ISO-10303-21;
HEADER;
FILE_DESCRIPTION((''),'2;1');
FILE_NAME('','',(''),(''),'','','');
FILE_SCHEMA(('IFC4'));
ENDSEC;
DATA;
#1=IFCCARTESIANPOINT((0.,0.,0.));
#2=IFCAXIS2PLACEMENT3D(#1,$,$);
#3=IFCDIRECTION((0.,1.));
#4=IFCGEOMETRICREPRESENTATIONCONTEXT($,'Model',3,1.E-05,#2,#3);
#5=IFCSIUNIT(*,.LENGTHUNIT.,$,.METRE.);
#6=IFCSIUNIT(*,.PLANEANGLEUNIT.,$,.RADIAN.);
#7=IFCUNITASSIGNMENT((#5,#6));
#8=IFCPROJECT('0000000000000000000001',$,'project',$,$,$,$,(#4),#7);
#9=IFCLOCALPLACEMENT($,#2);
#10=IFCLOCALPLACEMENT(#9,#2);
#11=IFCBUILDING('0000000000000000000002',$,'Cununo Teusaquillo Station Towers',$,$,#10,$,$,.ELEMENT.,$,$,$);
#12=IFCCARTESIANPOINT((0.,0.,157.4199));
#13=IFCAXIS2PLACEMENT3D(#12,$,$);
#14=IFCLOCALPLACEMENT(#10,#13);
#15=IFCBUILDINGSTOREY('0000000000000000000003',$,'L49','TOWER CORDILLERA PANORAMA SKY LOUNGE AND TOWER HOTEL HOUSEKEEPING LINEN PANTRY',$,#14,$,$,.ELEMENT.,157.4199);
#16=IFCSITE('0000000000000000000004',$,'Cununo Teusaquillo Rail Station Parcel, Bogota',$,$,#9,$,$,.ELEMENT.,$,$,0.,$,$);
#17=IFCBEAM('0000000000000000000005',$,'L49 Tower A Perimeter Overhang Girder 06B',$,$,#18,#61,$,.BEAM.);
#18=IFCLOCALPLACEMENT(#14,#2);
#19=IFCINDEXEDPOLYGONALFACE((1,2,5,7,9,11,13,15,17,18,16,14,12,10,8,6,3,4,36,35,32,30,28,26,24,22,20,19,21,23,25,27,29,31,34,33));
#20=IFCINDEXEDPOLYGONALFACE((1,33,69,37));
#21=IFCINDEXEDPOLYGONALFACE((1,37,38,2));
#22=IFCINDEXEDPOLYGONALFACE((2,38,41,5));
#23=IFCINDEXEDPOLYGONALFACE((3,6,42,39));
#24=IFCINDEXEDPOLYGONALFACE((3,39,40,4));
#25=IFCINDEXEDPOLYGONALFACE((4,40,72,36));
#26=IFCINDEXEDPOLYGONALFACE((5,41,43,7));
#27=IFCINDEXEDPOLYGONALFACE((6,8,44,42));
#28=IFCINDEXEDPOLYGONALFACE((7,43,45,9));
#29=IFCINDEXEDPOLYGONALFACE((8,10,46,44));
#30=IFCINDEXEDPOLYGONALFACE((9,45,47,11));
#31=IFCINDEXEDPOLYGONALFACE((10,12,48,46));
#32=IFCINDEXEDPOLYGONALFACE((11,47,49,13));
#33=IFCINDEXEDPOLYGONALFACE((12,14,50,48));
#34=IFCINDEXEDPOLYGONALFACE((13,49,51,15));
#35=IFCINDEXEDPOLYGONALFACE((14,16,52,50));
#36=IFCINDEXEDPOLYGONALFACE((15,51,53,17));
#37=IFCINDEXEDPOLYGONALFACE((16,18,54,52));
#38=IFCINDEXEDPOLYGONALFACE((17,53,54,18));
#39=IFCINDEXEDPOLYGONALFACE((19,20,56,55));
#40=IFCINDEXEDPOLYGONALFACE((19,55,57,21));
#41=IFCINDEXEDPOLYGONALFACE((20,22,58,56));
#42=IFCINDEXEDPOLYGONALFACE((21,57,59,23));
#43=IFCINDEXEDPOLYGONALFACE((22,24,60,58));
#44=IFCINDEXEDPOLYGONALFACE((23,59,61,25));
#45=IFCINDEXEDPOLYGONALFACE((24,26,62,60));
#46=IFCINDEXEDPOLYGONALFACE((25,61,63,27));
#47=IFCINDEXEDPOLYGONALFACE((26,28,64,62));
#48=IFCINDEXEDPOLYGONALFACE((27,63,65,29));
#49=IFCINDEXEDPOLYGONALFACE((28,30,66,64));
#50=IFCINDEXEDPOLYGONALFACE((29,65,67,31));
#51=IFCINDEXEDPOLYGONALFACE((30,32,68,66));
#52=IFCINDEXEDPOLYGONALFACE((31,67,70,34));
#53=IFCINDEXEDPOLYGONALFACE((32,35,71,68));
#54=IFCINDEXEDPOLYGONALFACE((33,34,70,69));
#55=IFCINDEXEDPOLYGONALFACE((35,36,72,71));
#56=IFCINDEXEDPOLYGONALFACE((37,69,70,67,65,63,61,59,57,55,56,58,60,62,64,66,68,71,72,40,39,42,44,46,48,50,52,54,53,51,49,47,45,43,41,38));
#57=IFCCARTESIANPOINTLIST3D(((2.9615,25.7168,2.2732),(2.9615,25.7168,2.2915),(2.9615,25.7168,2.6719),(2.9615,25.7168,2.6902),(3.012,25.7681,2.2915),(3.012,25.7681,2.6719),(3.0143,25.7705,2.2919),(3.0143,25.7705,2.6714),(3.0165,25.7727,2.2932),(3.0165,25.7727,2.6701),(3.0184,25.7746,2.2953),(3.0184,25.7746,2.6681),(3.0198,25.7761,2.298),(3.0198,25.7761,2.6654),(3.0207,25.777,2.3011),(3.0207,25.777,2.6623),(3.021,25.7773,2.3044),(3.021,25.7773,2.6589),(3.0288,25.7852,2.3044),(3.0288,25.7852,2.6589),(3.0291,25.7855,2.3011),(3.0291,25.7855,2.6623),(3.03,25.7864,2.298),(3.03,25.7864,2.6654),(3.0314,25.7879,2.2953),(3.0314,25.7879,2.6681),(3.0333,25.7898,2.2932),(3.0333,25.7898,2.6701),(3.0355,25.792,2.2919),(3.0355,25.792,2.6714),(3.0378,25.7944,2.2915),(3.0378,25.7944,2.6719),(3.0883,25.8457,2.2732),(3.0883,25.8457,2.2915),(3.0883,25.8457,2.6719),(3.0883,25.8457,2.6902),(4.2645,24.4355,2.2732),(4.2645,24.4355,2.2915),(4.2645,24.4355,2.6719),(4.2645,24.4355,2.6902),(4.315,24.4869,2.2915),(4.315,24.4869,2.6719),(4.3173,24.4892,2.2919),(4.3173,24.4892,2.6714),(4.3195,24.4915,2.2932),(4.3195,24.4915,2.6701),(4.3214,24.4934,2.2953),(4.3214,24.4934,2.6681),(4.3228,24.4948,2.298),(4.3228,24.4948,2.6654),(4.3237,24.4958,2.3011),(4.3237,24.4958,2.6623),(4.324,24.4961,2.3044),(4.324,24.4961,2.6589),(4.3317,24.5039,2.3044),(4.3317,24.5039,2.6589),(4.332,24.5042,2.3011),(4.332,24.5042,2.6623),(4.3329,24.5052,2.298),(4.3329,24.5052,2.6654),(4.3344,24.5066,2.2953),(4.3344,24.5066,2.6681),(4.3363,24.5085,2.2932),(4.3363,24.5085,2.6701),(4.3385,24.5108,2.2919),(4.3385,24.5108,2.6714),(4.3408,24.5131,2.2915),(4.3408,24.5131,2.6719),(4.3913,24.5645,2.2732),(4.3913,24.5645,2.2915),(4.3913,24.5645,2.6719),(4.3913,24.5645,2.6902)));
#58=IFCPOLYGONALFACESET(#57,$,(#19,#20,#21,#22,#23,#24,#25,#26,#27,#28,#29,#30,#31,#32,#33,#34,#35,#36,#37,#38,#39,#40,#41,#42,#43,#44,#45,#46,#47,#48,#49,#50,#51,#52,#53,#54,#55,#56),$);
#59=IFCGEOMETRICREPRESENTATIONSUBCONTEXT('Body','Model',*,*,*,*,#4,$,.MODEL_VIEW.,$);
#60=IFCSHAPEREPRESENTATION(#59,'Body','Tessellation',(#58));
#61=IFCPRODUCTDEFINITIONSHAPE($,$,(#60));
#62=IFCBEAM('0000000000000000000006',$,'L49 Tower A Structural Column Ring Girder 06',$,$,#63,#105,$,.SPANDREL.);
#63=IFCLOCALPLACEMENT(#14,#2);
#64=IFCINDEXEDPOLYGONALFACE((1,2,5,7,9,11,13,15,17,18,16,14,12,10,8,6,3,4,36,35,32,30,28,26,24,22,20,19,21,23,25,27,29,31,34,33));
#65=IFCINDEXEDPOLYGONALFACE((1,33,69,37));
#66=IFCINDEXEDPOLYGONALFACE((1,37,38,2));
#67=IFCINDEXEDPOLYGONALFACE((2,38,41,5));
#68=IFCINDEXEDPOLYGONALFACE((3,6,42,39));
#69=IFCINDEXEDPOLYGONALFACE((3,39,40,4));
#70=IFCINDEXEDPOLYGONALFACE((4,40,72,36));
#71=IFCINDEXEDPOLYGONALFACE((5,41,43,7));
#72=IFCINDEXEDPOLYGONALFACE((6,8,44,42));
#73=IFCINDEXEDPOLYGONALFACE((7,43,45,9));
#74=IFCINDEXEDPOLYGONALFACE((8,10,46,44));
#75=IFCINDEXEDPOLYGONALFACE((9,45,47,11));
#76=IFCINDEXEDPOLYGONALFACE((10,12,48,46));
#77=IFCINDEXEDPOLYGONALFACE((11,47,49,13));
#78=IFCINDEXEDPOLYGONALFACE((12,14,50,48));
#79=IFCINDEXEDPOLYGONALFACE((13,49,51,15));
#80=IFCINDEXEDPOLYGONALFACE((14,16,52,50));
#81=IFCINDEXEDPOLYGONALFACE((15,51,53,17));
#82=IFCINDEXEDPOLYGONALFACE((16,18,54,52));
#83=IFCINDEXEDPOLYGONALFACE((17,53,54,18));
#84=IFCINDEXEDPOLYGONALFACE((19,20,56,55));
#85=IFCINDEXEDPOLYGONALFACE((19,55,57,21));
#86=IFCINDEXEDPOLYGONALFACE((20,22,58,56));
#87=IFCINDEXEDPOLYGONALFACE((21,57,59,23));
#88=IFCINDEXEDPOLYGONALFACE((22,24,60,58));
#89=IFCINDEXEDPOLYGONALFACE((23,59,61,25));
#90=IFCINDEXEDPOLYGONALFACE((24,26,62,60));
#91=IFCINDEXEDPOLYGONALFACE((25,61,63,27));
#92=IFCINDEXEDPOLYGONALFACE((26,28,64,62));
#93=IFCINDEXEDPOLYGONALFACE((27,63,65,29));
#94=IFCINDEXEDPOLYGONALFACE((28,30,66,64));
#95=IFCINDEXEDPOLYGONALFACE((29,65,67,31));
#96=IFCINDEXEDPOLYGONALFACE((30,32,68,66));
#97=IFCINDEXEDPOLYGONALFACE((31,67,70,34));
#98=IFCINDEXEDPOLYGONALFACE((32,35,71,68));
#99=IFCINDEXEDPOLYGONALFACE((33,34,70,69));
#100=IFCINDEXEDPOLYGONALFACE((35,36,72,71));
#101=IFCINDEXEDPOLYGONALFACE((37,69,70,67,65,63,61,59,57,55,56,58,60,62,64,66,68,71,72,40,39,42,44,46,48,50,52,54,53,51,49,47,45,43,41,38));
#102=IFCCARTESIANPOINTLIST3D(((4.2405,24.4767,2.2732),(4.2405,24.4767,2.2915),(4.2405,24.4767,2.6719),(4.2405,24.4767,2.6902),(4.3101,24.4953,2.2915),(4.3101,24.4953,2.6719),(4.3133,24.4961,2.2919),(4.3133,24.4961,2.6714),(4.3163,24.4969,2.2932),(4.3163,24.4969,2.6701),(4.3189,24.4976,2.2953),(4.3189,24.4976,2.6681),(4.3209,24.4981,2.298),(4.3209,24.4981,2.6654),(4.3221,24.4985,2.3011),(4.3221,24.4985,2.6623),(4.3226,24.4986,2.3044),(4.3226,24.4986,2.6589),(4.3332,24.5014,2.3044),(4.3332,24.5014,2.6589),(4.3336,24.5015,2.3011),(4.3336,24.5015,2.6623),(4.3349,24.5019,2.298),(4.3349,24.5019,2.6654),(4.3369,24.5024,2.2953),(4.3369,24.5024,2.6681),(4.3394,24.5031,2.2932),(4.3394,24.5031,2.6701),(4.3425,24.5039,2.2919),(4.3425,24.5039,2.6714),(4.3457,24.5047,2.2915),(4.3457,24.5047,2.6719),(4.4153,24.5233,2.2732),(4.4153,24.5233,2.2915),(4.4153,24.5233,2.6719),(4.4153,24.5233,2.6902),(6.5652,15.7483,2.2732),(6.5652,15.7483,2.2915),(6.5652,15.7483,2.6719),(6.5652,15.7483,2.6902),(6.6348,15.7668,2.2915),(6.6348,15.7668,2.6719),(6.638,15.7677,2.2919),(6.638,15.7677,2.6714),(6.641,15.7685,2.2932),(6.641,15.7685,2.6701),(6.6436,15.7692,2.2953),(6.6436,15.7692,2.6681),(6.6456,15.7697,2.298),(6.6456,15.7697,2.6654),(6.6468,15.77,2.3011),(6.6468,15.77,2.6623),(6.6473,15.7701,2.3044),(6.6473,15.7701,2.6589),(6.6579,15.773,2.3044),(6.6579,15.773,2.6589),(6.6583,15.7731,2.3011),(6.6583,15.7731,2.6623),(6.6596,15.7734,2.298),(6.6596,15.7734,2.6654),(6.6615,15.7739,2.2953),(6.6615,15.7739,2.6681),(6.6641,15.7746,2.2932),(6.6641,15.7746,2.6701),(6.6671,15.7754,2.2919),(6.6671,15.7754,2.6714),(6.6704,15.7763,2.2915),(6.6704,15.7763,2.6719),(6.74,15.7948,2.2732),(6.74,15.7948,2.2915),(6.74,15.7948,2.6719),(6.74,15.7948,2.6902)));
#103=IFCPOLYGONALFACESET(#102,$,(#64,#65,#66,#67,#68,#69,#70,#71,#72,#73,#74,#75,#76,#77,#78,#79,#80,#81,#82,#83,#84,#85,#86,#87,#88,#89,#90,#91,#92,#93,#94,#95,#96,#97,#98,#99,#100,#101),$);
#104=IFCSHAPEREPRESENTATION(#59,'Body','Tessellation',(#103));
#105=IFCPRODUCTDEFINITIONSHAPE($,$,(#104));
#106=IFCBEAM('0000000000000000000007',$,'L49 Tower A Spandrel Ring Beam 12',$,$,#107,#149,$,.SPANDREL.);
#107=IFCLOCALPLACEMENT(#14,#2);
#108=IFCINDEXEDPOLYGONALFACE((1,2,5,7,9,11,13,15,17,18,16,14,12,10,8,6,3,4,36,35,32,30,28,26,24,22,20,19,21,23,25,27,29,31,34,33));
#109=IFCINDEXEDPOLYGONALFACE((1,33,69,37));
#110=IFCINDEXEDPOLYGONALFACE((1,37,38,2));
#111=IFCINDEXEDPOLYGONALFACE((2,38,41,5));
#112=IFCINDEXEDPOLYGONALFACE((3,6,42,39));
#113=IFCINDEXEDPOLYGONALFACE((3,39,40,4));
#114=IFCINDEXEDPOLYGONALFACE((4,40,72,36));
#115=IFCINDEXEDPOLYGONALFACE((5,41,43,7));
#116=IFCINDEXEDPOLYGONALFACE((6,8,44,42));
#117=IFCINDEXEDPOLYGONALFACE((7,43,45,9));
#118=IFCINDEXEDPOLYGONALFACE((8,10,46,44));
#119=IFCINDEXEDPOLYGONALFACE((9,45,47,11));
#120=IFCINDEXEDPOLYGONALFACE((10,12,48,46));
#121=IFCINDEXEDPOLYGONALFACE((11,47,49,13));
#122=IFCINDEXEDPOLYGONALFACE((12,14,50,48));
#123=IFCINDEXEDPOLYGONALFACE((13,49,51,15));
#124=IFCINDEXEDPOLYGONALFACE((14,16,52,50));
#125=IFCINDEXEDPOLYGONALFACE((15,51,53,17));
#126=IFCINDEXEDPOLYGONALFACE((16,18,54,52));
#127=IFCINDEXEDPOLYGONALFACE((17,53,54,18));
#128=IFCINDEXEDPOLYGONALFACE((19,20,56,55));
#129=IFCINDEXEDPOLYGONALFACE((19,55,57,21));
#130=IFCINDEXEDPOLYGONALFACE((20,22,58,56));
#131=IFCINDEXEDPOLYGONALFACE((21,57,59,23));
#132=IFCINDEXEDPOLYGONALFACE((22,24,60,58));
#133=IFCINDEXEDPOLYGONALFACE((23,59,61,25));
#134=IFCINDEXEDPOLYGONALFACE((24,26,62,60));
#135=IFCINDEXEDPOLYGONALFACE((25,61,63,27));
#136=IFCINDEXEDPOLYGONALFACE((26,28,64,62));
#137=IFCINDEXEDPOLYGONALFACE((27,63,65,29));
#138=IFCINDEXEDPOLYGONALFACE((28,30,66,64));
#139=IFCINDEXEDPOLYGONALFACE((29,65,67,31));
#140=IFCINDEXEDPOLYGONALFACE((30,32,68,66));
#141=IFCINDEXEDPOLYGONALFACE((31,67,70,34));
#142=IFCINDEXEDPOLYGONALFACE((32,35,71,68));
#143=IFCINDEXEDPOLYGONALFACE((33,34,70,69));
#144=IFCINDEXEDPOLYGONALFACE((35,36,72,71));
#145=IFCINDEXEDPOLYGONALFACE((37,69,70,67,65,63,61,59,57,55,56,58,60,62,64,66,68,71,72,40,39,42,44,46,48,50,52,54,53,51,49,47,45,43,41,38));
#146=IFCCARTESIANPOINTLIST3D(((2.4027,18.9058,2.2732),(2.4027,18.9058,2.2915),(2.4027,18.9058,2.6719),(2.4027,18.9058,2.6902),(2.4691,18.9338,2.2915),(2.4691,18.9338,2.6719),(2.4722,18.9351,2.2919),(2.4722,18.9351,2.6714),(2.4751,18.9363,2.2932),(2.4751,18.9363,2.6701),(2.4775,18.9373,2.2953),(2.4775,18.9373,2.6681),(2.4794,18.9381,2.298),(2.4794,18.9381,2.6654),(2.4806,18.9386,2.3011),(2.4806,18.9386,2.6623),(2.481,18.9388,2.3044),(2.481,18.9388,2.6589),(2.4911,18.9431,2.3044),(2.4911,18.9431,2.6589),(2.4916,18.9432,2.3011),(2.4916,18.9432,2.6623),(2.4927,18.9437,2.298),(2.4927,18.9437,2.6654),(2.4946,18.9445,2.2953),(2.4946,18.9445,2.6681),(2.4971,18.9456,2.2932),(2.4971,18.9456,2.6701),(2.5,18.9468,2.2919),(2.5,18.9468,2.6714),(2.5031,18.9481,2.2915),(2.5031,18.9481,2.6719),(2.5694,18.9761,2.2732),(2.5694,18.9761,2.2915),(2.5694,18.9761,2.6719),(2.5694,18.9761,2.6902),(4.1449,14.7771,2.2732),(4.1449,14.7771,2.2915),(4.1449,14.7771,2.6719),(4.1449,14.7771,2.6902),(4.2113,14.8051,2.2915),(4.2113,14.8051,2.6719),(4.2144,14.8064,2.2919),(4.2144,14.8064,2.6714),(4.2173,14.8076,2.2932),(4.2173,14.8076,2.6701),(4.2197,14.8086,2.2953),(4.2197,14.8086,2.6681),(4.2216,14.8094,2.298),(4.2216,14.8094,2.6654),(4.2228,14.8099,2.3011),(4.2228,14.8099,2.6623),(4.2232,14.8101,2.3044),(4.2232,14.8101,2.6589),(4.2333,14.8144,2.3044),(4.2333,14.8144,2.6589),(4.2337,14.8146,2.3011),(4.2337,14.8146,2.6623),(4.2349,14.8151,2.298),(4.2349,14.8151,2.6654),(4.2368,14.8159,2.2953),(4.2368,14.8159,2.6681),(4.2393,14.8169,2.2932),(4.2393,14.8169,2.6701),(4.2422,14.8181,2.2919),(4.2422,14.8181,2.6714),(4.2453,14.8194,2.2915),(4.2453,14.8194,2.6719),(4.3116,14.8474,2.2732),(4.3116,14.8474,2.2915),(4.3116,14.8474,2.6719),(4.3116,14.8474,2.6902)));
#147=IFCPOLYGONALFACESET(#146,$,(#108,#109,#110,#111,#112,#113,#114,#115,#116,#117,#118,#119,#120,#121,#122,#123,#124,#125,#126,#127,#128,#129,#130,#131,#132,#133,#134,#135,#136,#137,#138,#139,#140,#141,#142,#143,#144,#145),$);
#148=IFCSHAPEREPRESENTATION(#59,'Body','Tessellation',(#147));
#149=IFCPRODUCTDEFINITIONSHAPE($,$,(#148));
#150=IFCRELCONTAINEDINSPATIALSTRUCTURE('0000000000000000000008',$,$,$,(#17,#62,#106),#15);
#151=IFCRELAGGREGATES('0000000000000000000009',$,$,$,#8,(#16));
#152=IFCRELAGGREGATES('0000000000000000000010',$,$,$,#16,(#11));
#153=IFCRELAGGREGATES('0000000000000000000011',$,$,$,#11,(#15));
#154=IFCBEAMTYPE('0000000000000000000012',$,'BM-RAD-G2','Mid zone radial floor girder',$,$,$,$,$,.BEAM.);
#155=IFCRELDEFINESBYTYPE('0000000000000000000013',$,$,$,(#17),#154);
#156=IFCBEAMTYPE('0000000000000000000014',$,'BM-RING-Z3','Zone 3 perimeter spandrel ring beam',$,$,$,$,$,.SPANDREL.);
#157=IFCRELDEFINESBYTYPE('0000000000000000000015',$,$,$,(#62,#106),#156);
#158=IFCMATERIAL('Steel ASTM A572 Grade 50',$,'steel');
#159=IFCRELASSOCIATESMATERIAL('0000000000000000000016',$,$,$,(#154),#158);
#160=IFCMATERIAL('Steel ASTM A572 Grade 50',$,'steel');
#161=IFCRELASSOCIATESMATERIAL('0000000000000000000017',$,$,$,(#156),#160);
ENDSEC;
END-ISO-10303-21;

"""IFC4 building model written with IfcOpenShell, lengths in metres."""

from ifc_helpers import new_model, si_unit, direction, frame, origin, origin_2d, place, context, subcontext, project, spatial, i_section, extrude, material, material_profile, profile_set, type_object, element, save


model = new_model("IFC4")

# Units and contexts
model_context = context("Model", 3, precision=1e-05, world=origin(), true_north=direction((0.0, 1.0)))
body_context = subcontext(model_context, "Body", "Model", "MODEL_VIEW")
ifc_project = project(units=[si_unit("LENGTHUNIT", "METRE"), si_unit("PLANEANGLEUNIT", "RADIAN")], contexts=[model_context])

# Site, building, storey
site_placement = place(None, origin())
site = spatial("IfcSite", under=ifc_project, at=site_placement, Name="Cununo Teusaquillo Rail Station Parcel, Bogota", CompositionType="ELEMENT", RefElevation=0.0)
building_placement = place(site_placement, origin())
building = spatial("IfcBuilding", under=site, at=building_placement, Name="Cununo Teusaquillo Station Towers", CompositionType="ELEMENT")
storey_placement = place(building_placement, frame((0.0, 0.0, 157.4199)))
storey = spatial("IfcBuildingStorey", under=building, at=storey_placement, Name="L49", Description="TOWER CORDILLERA PANORAMA SKY LOUNGE AND TOWER HOTEL HOUSEKEEPING LINEN PANTRY", CompositionType="ELEMENT", Elevation=157.4199)

# Beams
ifc_material_1 = material(Name="Steel ASTM A572 Grade 50", Category="steel")
ifc_material_profile_1 = material_profile(ifc_material_1, i_section(OverallWidth=0.1809, OverallDepth=0.417, WebThickness=0.011, FlangeThickness=0.0183, FilletRadius=0.0129, at=origin_2d()), Name="W16X57")
ifc_profile_set_1 = profile_set([ifc_material_profile_1], Name="Steel ASTM A572 Grade 50")
beam_type_1 = type_object("IfcBeamType", Name="BM-RAD-G2", Description="Mid zone radial floor girder", PredefinedType="BEAM", material=ifc_profile_set_1)
beam_1_placement = place(storey_placement, frame((4.3279, 24.5, 2.4817), z_axis=(-0.713027, 0.701137, 0.0), x_axis=(-0.701137, -0.713027, 0.0)))
element("IfcBeam", 1, at=beam_1_placement, inside=storey, type_object=beam_type_1, Name="L49 Tower A Perimeter Overhang Girder 06B", PredefinedType="BEAM", context=body_context, shape_type="SweptSolid", body=[
    extrude(i_section(OverallWidth=0.1809, OverallDepth=0.417, WebThickness=0.011, FlangeThickness=0.0183, FilletRadius=0.0129, at=origin_2d()), origin(), (0.0, 0.0, 1.0), 1.8274),
])
ifc_material_2 = material(Name="Steel ASTM A572 Grade 50", Category="steel")
ifc_material_profile_2 = material_profile(ifc_material_2, i_section(OverallWidth=0.1809, OverallDepth=0.417, WebThickness=0.011, FlangeThickness=0.0183, FilletRadius=0.0129, at=origin_2d()), Name="W16X57")
ifc_profile_set_2 = profile_set([ifc_material_profile_2], Name="Steel ASTM A572 Grade 50")
beam_type_2 = type_object("IfcBeamType", Name="BM-RING-Z3", Description="Zone 3 perimeter spandrel ring beam", PredefinedType="SPANDREL", material=ifc_profile_set_2)
beam_2_placement = place(storey_placement, frame((4.3279, 24.5, 2.4817), z_axis=(0.257363, -0.966315, 0.0), x_axis=(0.966315, 0.257363, 0.0)))
element("IfcBeam", 2, at=beam_2_placement, inside=storey, type_object=beam_type_2, Name="L49 Tower A Structural Column Ring Girder 06", PredefinedType="SPANDREL", context=body_context, shape_type="SweptSolid", body=[
    extrude(i_section(OverallWidth=0.1809, OverallDepth=0.417, WebThickness=0.011, FlangeThickness=0.0183, FilletRadius=0.0129, at=origin_2d()), origin(), (0.0, 0.0, 1.0), 9.0327),
])
beam_3_placement = place(storey_placement, frame((2.4861, 18.9409, 2.4817), z_axis=(0.388778, -0.921332, 0.0), x_axis=(0.921332, 0.388778, 0.0)))
element("IfcBeam", 3, at=beam_3_placement, inside=storey, type_object=beam_type_2, Name="L49 Tower A Spandrel Ring Beam 12", PredefinedType="SPANDREL", context=body_context, shape_type="SweptSolid", body=[
    extrude(i_section(OverallWidth=0.1809, OverallDepth=0.417, WebThickness=0.011, FlangeThickness=0.0183, FilletRadius=0.0129, at=origin_2d()), origin(), (0.0, 0.0, 1.0), 4.4812),
])

save(model, "model.ifc")
